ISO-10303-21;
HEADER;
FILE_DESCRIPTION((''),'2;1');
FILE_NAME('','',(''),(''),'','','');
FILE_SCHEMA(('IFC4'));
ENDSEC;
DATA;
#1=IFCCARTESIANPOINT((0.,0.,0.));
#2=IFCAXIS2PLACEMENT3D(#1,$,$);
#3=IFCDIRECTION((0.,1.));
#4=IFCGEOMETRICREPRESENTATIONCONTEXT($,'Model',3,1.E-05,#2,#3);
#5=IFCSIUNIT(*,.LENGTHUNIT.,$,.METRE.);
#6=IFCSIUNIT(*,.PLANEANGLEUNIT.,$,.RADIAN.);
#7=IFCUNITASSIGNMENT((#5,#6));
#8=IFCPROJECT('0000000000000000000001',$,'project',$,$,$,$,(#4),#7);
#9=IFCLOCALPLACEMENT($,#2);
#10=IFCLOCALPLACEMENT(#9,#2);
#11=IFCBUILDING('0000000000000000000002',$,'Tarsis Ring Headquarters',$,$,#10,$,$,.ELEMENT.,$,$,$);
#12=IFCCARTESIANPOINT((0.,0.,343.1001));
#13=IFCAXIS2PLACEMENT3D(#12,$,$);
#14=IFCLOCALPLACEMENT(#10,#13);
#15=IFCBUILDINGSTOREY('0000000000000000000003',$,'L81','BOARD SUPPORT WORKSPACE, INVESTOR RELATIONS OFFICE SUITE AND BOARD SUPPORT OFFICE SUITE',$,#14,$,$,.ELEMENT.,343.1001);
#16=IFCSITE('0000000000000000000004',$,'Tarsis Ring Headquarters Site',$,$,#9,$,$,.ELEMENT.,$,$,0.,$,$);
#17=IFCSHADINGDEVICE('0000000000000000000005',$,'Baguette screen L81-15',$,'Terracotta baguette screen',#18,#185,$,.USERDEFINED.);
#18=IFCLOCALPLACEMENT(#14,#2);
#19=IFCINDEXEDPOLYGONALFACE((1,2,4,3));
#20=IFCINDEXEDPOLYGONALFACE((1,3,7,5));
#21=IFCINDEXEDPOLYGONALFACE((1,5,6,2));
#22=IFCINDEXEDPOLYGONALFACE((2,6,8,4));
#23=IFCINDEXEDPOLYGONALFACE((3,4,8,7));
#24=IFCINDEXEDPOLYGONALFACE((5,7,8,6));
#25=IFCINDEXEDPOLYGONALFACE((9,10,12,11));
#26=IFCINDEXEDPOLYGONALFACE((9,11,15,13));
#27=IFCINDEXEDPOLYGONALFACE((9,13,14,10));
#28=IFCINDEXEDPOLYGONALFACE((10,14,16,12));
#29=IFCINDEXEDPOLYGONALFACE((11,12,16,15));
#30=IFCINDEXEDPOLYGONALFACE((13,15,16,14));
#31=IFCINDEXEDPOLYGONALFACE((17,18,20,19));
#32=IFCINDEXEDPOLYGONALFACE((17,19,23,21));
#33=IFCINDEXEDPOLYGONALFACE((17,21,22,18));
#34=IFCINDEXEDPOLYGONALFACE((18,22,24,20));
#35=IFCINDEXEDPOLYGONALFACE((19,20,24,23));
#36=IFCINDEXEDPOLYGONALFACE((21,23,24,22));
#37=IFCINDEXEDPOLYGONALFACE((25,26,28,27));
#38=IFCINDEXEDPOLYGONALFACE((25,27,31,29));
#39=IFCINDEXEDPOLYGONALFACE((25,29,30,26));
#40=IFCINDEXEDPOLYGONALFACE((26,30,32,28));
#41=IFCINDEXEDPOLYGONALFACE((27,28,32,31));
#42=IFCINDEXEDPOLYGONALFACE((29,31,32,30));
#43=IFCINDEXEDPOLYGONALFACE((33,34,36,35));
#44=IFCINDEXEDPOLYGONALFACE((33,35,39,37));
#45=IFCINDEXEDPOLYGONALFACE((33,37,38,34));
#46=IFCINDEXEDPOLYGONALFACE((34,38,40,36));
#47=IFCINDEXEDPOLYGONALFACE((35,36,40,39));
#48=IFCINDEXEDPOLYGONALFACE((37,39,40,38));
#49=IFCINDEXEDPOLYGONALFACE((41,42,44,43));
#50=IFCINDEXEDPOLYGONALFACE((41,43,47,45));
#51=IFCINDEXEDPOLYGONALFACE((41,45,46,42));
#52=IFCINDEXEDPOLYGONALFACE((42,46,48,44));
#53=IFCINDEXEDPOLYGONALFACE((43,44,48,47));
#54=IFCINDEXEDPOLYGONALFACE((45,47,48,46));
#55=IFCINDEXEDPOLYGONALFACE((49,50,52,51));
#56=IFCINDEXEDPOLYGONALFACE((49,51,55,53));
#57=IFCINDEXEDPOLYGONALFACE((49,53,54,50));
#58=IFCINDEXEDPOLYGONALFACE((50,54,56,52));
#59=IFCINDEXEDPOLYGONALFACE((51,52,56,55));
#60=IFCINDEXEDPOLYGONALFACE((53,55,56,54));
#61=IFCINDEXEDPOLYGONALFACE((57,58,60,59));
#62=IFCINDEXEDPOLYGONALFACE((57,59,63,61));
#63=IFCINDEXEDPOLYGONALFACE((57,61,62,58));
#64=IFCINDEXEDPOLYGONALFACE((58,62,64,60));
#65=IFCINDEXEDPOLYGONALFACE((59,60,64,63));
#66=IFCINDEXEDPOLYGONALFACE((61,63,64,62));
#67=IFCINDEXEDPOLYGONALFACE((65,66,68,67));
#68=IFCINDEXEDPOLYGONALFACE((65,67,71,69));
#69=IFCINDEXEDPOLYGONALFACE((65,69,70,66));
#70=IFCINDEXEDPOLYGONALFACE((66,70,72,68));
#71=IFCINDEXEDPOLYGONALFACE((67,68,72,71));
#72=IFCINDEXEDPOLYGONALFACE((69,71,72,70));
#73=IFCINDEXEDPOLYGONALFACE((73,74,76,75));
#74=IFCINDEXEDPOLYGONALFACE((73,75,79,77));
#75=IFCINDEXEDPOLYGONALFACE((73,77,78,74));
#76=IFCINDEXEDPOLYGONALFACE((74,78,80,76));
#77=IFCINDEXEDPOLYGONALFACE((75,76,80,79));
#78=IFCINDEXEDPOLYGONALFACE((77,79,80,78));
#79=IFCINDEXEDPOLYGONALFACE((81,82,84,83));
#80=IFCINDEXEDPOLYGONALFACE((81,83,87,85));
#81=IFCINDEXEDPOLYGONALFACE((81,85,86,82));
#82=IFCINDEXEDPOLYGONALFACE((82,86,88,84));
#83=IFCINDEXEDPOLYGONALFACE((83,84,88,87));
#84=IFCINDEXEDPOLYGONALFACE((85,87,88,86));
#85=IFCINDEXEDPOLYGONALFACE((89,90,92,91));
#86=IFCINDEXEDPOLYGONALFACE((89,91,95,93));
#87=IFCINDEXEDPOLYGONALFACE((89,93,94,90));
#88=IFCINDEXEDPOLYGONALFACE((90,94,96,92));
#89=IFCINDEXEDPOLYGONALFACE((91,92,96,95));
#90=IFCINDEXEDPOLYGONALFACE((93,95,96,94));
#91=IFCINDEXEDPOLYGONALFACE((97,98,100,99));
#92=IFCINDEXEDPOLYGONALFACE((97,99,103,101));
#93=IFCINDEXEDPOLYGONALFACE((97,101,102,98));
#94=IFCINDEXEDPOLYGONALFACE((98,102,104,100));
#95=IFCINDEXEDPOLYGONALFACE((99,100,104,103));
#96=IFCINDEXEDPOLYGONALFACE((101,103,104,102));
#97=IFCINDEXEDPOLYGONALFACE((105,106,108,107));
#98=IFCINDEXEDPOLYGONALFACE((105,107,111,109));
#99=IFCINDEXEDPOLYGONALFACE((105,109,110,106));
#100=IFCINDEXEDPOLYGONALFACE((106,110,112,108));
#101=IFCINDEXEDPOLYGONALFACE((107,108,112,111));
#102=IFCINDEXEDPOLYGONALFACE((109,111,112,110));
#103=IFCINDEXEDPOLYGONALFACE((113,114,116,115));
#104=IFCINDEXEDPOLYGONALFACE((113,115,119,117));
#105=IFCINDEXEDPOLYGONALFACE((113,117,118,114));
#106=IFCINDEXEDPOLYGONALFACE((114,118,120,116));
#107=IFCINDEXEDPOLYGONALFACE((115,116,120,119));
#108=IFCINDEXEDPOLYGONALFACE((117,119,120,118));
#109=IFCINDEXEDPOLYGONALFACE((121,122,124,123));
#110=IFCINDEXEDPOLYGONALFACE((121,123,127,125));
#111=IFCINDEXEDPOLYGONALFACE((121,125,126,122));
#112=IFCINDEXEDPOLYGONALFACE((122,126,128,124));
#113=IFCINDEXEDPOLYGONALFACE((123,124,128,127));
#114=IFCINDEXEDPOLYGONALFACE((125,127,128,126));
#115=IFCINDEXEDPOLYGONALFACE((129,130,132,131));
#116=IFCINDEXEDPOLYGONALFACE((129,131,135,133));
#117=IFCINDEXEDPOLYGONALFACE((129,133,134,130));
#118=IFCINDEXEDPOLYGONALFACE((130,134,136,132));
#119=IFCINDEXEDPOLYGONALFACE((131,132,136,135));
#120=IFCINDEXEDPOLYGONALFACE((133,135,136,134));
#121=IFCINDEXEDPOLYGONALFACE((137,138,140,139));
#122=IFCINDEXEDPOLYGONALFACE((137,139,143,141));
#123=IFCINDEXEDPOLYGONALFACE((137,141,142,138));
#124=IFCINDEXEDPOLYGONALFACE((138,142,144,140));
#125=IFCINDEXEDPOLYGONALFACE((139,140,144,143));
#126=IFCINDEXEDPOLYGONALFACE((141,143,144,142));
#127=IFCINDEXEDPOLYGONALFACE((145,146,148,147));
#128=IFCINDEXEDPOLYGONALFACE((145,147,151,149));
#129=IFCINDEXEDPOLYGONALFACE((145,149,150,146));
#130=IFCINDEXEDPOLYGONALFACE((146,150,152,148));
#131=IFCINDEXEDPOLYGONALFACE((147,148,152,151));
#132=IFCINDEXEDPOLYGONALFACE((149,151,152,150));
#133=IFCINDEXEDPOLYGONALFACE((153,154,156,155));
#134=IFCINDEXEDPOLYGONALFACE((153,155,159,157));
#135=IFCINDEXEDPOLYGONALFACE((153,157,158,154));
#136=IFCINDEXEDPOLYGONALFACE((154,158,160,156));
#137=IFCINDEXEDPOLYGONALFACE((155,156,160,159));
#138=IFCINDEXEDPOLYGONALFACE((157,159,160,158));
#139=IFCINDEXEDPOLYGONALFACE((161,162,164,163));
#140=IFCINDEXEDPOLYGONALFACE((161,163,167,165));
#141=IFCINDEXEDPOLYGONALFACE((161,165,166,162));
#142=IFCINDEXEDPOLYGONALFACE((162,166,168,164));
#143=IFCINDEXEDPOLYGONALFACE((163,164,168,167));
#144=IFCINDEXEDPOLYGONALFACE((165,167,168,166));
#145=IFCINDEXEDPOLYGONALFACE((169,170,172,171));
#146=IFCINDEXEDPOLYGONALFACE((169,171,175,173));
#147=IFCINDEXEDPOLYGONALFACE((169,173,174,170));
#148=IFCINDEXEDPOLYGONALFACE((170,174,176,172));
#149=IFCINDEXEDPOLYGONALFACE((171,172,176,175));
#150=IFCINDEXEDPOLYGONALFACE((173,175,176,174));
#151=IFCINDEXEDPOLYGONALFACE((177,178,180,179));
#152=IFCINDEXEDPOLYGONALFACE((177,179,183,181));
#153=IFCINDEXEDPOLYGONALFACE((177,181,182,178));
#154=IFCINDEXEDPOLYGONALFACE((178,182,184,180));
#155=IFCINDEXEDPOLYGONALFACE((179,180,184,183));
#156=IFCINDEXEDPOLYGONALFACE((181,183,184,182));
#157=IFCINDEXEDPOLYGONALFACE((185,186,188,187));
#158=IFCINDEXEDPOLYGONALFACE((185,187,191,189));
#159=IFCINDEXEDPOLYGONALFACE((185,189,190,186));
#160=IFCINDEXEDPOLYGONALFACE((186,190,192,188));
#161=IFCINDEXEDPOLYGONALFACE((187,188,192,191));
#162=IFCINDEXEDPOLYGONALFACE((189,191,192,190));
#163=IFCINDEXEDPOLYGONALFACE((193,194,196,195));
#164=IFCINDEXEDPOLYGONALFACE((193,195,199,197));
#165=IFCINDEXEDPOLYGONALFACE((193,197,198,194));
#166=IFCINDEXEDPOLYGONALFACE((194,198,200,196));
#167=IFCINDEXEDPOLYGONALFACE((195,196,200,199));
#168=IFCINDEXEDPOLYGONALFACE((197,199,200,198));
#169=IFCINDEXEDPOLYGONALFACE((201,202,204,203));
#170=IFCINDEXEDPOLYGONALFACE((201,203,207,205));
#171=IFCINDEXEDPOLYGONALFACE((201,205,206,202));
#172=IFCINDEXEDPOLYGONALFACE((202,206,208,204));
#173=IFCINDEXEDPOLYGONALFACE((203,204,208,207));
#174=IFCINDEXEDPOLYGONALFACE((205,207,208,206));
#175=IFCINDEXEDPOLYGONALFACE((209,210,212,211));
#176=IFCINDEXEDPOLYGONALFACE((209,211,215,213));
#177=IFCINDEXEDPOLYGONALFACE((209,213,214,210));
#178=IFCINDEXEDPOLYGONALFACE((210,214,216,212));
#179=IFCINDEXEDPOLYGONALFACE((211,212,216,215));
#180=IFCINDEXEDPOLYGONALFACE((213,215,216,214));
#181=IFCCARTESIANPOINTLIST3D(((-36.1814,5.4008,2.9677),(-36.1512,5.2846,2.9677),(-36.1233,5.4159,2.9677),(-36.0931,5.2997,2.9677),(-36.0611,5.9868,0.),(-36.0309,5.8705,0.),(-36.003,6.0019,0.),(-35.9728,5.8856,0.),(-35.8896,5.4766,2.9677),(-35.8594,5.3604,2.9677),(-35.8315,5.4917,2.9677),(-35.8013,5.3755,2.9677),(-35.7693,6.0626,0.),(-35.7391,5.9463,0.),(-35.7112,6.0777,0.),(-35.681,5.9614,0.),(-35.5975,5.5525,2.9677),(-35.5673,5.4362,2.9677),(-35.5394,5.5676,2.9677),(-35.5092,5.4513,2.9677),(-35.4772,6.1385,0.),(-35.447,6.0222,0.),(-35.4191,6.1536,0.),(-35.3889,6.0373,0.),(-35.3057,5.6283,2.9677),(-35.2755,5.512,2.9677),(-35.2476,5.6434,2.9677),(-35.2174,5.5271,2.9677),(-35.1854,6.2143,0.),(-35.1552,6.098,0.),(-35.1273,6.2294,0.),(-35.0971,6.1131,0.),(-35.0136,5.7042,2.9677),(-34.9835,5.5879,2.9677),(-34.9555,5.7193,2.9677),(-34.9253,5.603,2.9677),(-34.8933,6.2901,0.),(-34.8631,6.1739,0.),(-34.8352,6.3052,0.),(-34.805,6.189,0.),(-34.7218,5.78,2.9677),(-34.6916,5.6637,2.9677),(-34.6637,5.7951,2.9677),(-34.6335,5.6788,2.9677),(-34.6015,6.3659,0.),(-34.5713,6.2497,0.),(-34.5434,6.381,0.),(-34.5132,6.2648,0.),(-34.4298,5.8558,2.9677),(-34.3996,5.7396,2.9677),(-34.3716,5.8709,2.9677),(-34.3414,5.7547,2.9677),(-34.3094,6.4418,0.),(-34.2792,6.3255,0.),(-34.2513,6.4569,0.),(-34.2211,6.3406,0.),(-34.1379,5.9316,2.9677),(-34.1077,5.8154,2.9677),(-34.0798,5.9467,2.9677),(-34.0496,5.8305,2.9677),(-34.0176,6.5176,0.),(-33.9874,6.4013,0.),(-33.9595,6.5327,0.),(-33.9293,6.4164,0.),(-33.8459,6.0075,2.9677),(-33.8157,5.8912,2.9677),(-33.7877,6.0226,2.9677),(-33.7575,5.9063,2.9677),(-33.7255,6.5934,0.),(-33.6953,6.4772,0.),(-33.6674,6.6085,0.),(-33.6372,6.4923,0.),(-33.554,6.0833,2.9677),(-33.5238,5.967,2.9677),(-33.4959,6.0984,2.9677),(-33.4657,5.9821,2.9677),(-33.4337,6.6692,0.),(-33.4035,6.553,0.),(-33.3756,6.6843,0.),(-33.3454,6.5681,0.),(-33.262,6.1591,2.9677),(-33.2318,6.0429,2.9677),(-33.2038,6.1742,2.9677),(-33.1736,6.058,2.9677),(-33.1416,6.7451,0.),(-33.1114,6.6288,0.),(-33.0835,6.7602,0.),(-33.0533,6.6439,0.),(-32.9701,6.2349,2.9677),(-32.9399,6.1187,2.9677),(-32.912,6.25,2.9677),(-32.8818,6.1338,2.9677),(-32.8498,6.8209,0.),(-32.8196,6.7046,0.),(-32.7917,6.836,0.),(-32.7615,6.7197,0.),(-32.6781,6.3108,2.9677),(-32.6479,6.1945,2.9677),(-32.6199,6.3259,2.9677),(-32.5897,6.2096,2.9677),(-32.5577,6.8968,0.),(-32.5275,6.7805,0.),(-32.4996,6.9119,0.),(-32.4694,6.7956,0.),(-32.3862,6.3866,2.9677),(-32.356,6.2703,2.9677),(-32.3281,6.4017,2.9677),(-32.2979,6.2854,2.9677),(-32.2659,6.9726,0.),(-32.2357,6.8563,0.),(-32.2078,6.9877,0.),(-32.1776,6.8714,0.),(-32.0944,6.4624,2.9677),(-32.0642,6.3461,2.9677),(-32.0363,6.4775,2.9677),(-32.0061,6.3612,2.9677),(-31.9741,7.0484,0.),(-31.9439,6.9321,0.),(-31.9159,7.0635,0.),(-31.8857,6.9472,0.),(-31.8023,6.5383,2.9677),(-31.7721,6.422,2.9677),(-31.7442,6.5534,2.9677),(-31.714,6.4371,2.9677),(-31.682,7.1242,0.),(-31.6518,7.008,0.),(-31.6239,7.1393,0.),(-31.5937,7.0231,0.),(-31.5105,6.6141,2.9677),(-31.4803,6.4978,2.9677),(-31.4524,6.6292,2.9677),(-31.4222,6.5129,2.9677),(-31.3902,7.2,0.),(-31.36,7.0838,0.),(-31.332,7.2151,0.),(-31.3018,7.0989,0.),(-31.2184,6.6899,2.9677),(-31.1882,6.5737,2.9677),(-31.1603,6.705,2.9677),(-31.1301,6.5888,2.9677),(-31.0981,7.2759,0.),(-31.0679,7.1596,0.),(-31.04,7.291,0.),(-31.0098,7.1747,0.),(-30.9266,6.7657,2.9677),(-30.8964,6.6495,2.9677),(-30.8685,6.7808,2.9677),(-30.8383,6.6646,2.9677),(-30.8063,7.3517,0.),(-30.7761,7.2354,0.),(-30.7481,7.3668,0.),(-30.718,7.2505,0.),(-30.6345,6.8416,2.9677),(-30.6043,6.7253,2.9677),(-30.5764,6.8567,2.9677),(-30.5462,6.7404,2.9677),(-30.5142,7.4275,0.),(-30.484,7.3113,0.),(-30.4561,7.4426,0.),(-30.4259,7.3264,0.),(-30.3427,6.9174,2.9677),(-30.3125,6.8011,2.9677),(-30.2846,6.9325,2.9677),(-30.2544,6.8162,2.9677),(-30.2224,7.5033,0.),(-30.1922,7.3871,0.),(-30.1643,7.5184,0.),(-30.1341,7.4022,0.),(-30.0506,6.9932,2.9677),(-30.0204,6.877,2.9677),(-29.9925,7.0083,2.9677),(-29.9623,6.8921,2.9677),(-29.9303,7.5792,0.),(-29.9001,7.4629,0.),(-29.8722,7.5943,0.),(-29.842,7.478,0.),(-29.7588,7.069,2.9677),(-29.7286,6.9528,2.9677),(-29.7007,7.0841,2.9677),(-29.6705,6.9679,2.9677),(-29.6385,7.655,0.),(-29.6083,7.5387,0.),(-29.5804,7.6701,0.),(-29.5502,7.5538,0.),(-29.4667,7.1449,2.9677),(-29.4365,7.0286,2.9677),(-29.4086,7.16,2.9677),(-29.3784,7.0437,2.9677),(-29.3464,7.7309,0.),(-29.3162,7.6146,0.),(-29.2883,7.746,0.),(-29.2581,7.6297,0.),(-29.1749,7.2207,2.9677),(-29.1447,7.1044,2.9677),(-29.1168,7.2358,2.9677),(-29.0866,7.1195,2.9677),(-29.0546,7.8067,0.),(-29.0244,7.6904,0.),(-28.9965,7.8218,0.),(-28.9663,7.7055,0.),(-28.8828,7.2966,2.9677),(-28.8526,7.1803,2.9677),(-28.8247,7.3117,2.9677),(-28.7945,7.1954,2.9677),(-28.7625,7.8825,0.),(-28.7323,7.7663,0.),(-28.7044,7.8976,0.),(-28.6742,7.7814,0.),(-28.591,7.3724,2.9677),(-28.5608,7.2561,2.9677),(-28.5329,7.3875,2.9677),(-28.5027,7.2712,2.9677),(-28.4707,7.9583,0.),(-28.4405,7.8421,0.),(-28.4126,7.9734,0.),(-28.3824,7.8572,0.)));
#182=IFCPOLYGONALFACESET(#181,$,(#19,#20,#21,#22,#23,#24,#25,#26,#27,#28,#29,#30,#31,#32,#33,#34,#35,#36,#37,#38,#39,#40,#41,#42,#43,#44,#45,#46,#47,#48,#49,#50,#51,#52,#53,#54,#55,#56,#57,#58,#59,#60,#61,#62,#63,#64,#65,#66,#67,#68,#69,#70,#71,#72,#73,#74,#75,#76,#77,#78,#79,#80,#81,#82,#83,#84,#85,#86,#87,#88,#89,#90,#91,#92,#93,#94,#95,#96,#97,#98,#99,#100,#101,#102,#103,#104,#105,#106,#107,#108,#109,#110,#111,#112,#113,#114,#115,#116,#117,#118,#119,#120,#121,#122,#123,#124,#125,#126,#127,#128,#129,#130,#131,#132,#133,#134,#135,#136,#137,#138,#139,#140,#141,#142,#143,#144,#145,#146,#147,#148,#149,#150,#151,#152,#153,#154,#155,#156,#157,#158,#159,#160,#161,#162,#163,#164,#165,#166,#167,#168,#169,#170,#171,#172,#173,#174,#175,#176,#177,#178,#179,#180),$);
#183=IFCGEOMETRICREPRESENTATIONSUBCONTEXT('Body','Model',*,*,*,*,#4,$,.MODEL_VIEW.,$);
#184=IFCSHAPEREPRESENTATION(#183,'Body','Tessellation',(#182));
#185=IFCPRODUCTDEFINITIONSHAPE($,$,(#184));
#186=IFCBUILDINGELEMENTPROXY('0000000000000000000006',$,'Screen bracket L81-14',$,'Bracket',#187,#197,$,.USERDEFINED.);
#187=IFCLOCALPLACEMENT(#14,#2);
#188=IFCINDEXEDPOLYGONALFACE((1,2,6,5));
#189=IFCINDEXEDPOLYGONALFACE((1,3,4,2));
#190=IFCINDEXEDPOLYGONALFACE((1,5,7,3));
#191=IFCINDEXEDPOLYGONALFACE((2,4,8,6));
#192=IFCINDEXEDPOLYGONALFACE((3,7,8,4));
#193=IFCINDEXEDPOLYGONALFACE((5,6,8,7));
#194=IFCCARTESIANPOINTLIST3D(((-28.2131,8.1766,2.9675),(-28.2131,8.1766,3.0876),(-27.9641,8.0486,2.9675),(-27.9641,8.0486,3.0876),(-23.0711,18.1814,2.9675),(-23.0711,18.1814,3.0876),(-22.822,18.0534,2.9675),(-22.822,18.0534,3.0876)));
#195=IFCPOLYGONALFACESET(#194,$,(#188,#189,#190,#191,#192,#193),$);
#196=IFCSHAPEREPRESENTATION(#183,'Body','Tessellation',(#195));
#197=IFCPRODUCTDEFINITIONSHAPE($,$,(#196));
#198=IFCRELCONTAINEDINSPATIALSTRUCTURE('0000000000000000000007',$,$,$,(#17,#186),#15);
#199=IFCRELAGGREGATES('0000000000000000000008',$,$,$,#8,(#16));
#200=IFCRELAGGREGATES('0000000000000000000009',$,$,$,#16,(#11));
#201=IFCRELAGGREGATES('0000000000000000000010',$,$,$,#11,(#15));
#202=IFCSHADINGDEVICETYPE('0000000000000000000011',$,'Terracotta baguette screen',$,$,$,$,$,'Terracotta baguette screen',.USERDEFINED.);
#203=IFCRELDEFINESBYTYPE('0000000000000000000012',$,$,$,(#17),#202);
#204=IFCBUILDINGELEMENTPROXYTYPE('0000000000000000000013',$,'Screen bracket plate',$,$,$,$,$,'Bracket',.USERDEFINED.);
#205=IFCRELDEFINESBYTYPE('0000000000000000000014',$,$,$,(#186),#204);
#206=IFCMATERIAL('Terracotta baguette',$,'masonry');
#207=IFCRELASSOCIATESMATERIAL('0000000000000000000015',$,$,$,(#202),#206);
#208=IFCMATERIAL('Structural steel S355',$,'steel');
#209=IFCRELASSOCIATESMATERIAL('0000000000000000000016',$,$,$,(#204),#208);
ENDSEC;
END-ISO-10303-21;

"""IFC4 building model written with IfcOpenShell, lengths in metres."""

from ifc_helpers import new_model, si_unit, direction, frame, frame_2d, origin, origin_2d, place, context, subcontext, project, spatial, rectangle, composite_profile, extrude, material, type_object, element, save


model = new_model("IFC4")

# Units and contexts
model_context = context("Model", 3, precision=1e-05, world=origin(), true_north=direction((0.0, 1.0)))
body_context = subcontext(model_context, "Body", "Model", "MODEL_VIEW")
ifc_project = project(units=[si_unit("LENGTHUNIT", "METRE"), si_unit("PLANEANGLEUNIT", "RADIAN")], contexts=[model_context])

# Site, building, storey
site_placement = place(None, origin())
site = spatial("IfcSite", under=ifc_project, at=site_placement, Name="Tarsis Ring Headquarters Site", CompositionType="ELEMENT", RefElevation=0.0)
building_placement = place(site_placement, origin())
building = spatial("IfcBuilding", under=site, at=building_placement, Name="Tarsis Ring Headquarters", CompositionType="ELEMENT")
storey_placement = place(building_placement, frame((0.0, 0.0, 343.1001)))
storey = spatial("IfcBuildingStorey", under=building, at=storey_placement, Name="L81", Description="BOARD SUPPORT WORKSPACE, INVESTOR RELATIONS OFFICE SUITE AND BOARD SUPPORT OFFICE SUITE", CompositionType="ELEMENT", Elevation=343.1001)

# Shared definitions
ifc_material_1 = material(Name="Structural steel S355", Category="steel")

# Shading device
ifc_material_2 = material(Name="Terracotta baguette", Category="masonry")
shading_device_type = type_object("IfcShadingDeviceType", Name="Terracotta baguette screen", ElementType="Terracotta baguette screen", PredefinedType="USERDEFINED", material=ifc_material_2)
shading_device_1_placement = place(storey_placement, frame((-28.3975, 7.9153, 0.0), z_axis=(0.0, 0.0, 1.0), x_axis=(-0.967899, -0.251398, 0.0)))
element("IfcShadingDevice", 1, at=shading_device_1_placement, inside=storey, type_object=shading_device_type, Name="Baguette screen L81-15", ObjectType="Terracotta baguette screen", PredefinedType="USERDEFINED", context=body_context, shape_type="SweptSolid", body=[
    extrude(composite_profile([rectangle(XDim=0.0601, YDim=0.1201, at=frame_2d((0.03, 0.0))), rectangle(XDim=0.0601, YDim=0.1201, at=frame_2d((0.3315, 0.0))), rectangle(XDim=0.0601, YDim=0.1201, at=frame_2d((0.6333, 0.0))), rectangle(XDim=0.0601, YDim=0.1201, at=frame_2d((0.9348, 0.0))), rectangle(XDim=0.0601, YDim=0.1201, at=frame_2d((1.2366, 0.0))), rectangle(XDim=0.0601, YDim=0.1201, at=frame_2d((1.5381, 0.0))), rectangle(XDim=0.0601, YDim=0.1201, at=frame_2d((1.8398, 0.0))), rectangle(XDim=0.0601, YDim=0.1201, at=frame_2d((2.1414, 0.0))), rectangle(XDim=0.0601, YDim=0.1201, at=frame_2d((2.4431, 0.0))), rectangle(XDim=0.0601, YDim=0.1201, at=frame_2d((2.7446, 0.0))), rectangle(XDim=0.0601, YDim=0.1201, at=frame_2d((3.0464, 0.0))), rectangle(XDim=0.0601, YDim=0.1201, at=frame_2d((3.3479, 0.0))), rectangle(XDim=0.0601, YDim=0.1201, at=frame_2d((3.6497, 0.0))), rectangle(XDim=0.0601, YDim=0.1201, at=frame_2d((3.9512, 0.0))), rectangle(XDim=0.0601, YDim=0.1201, at=frame_2d((4.2527, 0.0))), rectangle(XDim=0.0601, YDim=0.1201, at=frame_2d((4.5544, 0.0))), rectangle(XDim=0.0601, YDim=0.1201, at=frame_2d((4.856, 0.0))), rectangle(XDim=0.0601, YDim=0.1201, at=frame_2d((5.1577, 0.0))), rectangle(XDim=0.0601, YDim=0.1201, at=frame_2d((5.4592, 0.0))), rectangle(XDim=0.0601, YDim=0.1201, at=frame_2d((5.761, 0.0))), rectangle(XDim=0.0601, YDim=0.1201, at=frame_2d((6.0625, 0.0))), rectangle(XDim=0.0601, YDim=0.1201, at=frame_2d((6.3643, 0.0))), rectangle(XDim=0.0601, YDim=0.1201, at=frame_2d((6.6658, 0.0))), rectangle(XDim=0.0601, YDim=0.1201, at=frame_2d((6.9675, 0.0))), rectangle(XDim=0.0601, YDim=0.1201, at=frame_2d((7.269, 0.0))), rectangle(XDim=0.0601, YDim=0.1201, at=frame_2d((7.5708, 0.0))), rectangle(XDim=0.0601, YDim=0.1201, at=frame_2d((7.8723, 0.0)))]), origin(), (0.087129, 0.177348, 0.980284), 3.0273),
])

# Building element proxy
building_element_proxy_type = type_object("IfcBuildingElementProxyType", Name="Screen bracket plate", ElementType="Bracket", PredefinedType="USERDEFINED", material=ifc_material_1)
proxy_placement = place(storey_placement, frame((-25.5176, 13.115, 2.9675), z_axis=(0.0, 0.0, 1.0), x_axis=(-0.457118, -0.889406, 0.0)))
element("IfcBuildingElementProxy", 2, at=proxy_placement, inside=storey, type_object=building_element_proxy_type, Name="Screen bracket L81-14", ObjectType="Bracket", PredefinedType="USERDEFINED", context=body_context, shape_type="SweptSolid", body=[
    extrude(rectangle(XDim=11.2488, YDim=0.28, at=origin_2d()), origin(), (0.0, 0.0, 1.0), 0.1201),
])

save(model, "model.ifc")
